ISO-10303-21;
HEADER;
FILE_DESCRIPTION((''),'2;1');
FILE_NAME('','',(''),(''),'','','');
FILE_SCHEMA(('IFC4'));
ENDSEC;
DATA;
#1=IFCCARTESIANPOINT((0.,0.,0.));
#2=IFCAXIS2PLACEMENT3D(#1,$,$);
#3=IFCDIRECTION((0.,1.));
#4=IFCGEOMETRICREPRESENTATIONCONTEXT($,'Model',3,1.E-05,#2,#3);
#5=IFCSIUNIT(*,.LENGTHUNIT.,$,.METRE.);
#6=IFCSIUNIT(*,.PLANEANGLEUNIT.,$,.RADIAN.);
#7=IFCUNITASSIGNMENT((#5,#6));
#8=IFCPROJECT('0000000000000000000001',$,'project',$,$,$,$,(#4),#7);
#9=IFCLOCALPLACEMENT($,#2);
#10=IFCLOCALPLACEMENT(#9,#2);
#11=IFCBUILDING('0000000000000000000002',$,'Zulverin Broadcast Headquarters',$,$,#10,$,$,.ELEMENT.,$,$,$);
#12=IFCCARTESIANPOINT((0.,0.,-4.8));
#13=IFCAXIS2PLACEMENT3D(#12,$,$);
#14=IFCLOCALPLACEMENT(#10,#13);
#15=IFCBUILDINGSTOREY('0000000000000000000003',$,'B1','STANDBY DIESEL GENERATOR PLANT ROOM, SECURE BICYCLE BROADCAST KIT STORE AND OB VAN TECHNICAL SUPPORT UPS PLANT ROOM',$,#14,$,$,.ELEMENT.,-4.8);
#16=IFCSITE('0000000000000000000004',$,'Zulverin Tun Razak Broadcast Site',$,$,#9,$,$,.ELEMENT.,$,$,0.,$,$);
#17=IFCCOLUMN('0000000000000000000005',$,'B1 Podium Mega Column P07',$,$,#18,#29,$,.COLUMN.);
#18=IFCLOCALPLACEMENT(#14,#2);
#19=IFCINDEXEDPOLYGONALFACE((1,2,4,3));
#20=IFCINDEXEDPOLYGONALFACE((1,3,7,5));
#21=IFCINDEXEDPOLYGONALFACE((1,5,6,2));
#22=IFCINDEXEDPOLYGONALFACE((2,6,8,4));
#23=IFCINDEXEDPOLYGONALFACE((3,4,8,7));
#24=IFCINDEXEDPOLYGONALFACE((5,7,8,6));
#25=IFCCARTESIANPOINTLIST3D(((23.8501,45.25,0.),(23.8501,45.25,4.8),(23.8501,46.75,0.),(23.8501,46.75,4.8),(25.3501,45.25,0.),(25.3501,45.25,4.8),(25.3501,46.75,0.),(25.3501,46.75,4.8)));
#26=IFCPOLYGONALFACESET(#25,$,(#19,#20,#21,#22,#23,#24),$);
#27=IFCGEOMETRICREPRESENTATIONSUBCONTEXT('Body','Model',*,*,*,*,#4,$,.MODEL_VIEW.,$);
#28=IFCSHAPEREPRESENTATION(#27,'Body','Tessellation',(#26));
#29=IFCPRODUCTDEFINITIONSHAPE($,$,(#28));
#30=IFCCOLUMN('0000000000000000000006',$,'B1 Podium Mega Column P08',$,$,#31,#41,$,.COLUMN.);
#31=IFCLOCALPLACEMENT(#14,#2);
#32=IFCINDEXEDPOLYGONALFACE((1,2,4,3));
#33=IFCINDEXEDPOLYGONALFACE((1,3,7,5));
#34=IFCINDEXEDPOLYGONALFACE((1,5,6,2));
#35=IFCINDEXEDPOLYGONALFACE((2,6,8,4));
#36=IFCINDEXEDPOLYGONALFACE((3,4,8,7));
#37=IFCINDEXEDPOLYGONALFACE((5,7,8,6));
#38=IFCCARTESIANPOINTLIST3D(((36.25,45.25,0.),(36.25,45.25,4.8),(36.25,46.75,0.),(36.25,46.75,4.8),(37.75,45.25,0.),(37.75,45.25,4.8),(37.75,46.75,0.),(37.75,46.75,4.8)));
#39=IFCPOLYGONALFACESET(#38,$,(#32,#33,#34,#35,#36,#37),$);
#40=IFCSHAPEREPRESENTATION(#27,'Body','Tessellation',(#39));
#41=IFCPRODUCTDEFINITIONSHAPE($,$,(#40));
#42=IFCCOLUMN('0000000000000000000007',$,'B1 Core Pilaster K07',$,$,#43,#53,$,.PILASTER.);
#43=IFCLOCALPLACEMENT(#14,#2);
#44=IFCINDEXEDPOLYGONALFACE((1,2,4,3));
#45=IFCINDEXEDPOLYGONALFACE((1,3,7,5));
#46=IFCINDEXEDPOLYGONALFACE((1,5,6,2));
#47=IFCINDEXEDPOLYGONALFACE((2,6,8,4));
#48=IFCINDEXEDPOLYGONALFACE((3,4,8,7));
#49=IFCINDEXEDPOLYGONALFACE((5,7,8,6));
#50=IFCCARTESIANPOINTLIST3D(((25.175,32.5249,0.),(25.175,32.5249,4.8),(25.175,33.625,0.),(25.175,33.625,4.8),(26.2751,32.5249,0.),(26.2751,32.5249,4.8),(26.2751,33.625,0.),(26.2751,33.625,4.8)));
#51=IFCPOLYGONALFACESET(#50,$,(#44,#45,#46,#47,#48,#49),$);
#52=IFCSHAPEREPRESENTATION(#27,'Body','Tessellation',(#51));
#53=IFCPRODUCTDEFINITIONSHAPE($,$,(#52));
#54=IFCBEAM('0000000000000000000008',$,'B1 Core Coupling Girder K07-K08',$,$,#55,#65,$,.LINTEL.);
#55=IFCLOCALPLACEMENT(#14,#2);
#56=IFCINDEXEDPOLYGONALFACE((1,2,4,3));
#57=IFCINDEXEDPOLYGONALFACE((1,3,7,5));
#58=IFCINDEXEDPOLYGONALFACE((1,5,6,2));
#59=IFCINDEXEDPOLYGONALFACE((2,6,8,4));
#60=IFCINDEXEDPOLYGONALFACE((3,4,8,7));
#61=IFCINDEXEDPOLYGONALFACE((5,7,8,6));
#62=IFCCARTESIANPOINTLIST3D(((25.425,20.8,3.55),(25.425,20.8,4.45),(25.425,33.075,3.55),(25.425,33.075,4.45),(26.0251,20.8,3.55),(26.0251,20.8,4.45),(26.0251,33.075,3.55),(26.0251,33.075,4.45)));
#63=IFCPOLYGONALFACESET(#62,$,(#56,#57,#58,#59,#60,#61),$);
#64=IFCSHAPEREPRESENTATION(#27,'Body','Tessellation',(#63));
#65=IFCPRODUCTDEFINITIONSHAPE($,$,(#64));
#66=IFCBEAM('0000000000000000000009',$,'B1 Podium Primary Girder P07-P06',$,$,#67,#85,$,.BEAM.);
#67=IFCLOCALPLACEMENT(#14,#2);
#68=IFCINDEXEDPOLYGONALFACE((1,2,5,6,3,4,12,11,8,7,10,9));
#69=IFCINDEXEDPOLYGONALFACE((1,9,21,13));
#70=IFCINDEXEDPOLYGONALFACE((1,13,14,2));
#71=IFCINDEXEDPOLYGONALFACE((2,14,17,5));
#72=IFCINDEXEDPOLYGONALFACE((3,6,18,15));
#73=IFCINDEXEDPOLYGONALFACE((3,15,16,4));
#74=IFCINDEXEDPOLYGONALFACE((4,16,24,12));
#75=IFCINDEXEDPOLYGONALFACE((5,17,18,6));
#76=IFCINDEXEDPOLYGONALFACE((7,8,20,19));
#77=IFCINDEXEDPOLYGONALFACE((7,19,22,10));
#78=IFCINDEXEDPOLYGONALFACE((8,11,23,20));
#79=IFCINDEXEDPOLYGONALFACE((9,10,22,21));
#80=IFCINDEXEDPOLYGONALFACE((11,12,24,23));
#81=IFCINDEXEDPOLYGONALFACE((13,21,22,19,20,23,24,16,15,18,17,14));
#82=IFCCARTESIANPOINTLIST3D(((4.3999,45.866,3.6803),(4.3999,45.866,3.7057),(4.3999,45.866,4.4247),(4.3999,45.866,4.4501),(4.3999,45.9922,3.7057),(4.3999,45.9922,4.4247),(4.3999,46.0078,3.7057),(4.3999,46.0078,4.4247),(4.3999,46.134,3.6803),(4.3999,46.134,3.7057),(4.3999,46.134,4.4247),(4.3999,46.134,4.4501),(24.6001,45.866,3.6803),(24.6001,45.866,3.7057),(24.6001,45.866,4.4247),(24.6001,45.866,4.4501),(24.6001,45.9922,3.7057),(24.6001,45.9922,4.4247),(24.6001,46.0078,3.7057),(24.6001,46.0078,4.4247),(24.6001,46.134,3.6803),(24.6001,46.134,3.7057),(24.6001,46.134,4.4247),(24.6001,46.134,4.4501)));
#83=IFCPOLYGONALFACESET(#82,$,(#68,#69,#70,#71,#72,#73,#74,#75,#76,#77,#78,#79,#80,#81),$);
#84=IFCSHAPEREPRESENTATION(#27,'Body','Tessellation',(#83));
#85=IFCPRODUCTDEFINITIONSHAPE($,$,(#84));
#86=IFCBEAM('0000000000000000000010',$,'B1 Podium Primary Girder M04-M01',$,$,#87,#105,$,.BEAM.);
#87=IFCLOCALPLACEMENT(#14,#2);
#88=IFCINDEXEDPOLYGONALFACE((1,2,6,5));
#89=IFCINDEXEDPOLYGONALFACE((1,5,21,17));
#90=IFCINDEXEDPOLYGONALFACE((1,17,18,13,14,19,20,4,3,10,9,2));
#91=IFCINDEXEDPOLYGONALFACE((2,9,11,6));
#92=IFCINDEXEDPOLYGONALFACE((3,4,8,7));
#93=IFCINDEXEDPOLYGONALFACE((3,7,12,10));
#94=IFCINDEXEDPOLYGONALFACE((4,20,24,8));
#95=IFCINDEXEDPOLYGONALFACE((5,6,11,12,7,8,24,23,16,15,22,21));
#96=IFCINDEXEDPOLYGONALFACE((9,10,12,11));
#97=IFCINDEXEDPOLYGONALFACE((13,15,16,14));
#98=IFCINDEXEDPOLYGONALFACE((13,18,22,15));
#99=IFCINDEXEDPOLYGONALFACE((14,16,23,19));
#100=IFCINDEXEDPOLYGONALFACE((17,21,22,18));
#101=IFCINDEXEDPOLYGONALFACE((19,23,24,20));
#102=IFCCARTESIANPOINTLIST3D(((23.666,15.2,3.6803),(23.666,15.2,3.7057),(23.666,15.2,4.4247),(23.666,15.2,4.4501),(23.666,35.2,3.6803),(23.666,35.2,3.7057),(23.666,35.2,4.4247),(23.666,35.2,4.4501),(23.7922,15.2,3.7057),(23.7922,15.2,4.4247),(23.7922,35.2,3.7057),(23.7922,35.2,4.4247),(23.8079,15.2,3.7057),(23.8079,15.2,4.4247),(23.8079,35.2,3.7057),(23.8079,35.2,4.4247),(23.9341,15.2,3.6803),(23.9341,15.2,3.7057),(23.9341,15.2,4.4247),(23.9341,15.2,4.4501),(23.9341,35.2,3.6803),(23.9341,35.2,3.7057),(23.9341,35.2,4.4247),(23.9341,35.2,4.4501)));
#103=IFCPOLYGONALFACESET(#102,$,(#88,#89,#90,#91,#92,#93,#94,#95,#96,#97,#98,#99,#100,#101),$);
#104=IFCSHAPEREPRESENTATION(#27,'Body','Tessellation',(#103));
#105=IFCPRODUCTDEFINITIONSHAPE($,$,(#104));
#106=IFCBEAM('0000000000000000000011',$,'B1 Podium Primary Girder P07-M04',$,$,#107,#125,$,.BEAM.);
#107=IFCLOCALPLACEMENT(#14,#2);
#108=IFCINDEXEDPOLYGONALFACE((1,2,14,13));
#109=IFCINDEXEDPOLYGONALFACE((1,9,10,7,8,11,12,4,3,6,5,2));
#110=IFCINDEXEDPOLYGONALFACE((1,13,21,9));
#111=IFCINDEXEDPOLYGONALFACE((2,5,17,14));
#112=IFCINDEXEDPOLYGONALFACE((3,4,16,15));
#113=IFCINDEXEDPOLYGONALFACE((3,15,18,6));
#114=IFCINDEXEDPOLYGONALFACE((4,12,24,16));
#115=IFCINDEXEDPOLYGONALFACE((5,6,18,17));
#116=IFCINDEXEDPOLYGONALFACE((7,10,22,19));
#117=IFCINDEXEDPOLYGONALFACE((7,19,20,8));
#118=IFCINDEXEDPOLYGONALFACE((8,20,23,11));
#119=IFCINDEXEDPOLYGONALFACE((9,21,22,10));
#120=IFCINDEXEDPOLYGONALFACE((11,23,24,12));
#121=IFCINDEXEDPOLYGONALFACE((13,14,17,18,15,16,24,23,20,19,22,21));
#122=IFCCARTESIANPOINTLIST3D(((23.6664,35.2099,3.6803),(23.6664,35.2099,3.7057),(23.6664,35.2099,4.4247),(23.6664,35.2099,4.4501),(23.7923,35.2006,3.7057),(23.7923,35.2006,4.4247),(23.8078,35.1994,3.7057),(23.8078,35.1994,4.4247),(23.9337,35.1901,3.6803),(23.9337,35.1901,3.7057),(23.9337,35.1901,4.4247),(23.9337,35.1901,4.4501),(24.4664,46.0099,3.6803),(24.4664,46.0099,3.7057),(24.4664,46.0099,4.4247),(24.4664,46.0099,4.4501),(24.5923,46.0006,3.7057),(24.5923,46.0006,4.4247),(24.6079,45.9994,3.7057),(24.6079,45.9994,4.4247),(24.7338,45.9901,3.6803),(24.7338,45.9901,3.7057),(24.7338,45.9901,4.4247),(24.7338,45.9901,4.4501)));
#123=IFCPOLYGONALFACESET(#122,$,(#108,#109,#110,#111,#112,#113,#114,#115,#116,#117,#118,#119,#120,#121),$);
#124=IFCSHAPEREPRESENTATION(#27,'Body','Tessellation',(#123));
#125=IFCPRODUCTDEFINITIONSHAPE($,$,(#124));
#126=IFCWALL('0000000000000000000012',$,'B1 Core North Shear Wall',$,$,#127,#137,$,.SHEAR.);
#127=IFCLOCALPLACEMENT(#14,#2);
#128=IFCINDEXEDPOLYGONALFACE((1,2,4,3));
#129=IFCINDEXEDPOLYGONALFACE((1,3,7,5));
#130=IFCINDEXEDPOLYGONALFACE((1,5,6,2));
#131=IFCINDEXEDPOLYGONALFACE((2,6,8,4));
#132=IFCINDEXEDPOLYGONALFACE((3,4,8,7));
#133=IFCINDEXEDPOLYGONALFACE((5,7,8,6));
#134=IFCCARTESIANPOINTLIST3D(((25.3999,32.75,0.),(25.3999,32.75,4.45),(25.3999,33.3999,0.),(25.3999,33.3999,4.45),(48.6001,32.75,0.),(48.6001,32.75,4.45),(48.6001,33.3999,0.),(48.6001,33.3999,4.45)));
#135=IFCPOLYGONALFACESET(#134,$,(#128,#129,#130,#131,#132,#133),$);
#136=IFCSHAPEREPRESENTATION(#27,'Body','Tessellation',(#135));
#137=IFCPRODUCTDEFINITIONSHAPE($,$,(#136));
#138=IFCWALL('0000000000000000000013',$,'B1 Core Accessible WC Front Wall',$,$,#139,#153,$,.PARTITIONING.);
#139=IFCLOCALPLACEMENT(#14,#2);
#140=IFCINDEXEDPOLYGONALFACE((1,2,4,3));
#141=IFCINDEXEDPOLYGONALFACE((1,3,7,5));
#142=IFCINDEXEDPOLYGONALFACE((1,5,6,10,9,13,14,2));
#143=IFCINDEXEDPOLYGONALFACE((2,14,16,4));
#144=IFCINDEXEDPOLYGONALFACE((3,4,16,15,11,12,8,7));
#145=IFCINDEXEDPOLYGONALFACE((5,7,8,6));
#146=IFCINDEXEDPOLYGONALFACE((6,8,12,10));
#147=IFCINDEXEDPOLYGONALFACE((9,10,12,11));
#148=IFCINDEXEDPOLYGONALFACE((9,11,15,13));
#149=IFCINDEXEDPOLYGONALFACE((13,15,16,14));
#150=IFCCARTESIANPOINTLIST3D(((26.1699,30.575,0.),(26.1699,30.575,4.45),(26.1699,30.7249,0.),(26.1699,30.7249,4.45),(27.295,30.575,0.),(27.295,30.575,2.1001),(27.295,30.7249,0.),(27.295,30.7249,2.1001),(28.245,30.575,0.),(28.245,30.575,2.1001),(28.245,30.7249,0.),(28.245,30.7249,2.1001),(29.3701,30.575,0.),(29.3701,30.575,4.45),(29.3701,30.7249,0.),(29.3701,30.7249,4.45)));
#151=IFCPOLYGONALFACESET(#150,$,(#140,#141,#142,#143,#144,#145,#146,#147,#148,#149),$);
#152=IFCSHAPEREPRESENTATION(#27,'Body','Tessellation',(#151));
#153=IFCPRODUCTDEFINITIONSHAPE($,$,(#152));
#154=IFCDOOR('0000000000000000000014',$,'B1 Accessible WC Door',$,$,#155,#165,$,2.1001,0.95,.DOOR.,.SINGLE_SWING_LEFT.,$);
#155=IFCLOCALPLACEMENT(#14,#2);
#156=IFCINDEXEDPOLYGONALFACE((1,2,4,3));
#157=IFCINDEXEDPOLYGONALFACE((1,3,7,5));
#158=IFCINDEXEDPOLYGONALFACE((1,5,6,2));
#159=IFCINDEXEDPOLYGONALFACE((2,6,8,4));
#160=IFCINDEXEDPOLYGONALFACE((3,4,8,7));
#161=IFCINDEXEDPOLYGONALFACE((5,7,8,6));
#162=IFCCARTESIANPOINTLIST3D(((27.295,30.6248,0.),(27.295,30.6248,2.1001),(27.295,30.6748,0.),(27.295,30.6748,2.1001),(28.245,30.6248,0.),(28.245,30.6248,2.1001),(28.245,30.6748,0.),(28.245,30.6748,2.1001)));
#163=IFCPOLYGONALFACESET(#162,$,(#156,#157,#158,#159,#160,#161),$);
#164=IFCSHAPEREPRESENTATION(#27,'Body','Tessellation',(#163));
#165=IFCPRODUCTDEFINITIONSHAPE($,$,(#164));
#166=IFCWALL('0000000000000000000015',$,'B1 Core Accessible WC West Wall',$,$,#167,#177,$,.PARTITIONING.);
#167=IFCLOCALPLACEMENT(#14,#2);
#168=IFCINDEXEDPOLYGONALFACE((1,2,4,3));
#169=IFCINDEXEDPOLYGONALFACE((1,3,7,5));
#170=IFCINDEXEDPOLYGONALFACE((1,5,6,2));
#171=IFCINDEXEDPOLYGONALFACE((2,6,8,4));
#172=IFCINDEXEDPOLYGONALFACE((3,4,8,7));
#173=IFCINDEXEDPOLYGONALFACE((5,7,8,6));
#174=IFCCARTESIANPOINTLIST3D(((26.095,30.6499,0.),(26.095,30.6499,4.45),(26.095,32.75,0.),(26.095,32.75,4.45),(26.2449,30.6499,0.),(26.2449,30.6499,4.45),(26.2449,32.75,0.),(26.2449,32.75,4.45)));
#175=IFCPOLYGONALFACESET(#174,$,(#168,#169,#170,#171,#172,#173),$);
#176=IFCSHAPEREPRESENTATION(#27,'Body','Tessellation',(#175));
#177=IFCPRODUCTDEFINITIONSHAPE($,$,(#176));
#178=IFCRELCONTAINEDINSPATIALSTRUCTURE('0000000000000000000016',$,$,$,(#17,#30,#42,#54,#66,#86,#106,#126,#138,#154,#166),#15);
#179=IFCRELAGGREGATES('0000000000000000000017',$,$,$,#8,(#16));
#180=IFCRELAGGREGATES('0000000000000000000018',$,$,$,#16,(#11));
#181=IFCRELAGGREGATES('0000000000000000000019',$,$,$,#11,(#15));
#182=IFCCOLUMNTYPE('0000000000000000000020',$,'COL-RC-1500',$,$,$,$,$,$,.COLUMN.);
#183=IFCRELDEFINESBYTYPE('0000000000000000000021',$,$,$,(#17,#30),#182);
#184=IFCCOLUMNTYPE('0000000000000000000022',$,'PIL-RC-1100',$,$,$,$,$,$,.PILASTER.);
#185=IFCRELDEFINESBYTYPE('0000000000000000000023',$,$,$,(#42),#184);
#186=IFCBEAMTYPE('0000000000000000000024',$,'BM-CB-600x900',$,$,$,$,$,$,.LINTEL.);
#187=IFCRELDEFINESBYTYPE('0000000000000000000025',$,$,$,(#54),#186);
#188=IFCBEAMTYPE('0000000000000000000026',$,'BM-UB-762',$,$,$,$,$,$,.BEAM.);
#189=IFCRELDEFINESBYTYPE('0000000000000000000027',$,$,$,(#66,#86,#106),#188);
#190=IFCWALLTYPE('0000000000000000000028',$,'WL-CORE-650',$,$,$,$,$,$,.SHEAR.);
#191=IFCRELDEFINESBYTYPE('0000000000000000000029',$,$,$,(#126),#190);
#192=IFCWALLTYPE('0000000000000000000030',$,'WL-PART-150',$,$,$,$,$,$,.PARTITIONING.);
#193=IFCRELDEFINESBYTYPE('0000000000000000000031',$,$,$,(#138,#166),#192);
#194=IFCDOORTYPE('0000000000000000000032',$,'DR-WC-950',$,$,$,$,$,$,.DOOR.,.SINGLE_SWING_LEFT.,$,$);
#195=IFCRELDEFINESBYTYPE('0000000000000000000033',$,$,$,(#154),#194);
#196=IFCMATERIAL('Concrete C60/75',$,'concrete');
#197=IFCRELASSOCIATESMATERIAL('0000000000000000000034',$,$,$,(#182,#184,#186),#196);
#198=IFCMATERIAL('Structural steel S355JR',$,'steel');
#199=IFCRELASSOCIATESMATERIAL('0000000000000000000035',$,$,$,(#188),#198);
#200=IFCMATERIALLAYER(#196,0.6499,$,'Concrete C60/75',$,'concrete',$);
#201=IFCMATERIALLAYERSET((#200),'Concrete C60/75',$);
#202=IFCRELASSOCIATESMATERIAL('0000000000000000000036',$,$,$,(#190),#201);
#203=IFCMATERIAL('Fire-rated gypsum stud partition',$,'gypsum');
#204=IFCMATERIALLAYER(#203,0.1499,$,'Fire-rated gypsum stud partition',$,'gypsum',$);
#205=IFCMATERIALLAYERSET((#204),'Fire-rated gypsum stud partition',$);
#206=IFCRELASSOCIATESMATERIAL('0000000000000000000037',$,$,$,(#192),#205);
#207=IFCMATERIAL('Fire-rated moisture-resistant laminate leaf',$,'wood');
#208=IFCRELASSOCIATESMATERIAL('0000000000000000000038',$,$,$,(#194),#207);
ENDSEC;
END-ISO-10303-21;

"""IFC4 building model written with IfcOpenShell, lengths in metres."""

from ifc_helpers import new_model, si_unit, direction, frame, frame_2d, origin, origin_2d, place, context, subcontext, project, spatial, rectangle, i_section, extrude, material, layer, layer_set, material_profile, profile_set, type_object, element, fill, save


model = new_model("IFC4")

# Units and contexts
model_context = context("Model", 3, precision=1e-05, world=origin(), true_north=direction((0.0, 1.0)))
body_context = subcontext(model_context, "Body", "Model", "MODEL_VIEW")
ifc_project = project(units=[si_unit("LENGTHUNIT", "METRE"), si_unit("PLANEANGLEUNIT", "RADIAN")], contexts=[model_context])

# Site, building, storey
site_placement = place(None, origin())
site = spatial("IfcSite", under=ifc_project, at=site_placement, Name="Zulverin Tun Razak Broadcast Site", CompositionType="ELEMENT", RefElevation=0.0)
building_placement = place(site_placement, origin())
building = spatial("IfcBuilding", under=site, at=building_placement, Name="Zulverin Broadcast Headquarters", CompositionType="ELEMENT")
storey_placement = place(building_placement, frame((0.0, 0.0, -4.8)))
storey = spatial("IfcBuildingStorey", under=building, at=storey_placement, Name="B1", Description="STANDBY DIESEL GENERATOR PLANT ROOM, SECURE BICYCLE BROADCAST KIT STORE AND OB VAN TECHNICAL SUPPORT UPS PLANT ROOM", CompositionType="ELEMENT", Elevation=-4.8)

# Columns
ifc_material_1 = material(Name="Concrete C60/75", Category="concrete")
ifc_material_profile_1 = material_profile(ifc_material_1, rectangle(XDim=1.5, YDim=1.5, at=origin_2d()), Name="Concrete C60/75", Category="concrete")
ifc_profile_set_1 = profile_set([ifc_material_profile_1], Name="Concrete C60/75")
column_type_1 = type_object("IfcColumnType", Name="COL-RC-1500", PredefinedType="COLUMN", material=ifc_profile_set_1)
for number, where, z_axis, x_axis, name in (
    (1, (24.6001, 46.0, 0.0), (0.0, 0.0, 1.0), (1.0, 0.0, 0.0), "B1 Podium Mega Column P07"),
    (2, (37.0, 46.0, 0.0), (0.0, 0.0, 1.0), (1.0, 0.0, 0.0), "B1 Podium Mega Column P08"),
):
    element("IfcColumn", number, at=place(storey_placement, frame(where, z_axis=z_axis, x_axis=x_axis)), inside=storey, type_object=column_type_1, Name=name, PredefinedType="COLUMN", context=body_context, shape_type="SweptSolid", body=[
        extrude(rectangle(XDim=1.5, YDim=1.5, at=origin_2d()), origin(), (0.0, 0.0, 1.0), 4.8),
    ])
ifc_material_profile_2 = material_profile(ifc_material_1, rectangle(XDim=1.1001, YDim=1.1001, at=origin_2d()), Name="Concrete C60/75", Category="concrete")
ifc_profile_set_2 = profile_set([ifc_material_profile_2], Name="Concrete C60/75")
column_type_2 = type_object("IfcColumnType", Name="PIL-RC-1100", PredefinedType="PILASTER", material=ifc_profile_set_2)
column_placement = place(storey_placement, frame((25.7251, 33.075, 0.0), z_axis=(0.0, 0.0, 1.0), x_axis=(1.0, 0.0, 0.0)))
element("IfcColumn", 3, at=column_placement, inside=storey, type_object=column_type_2, Name="B1 Core Pilaster K07", PredefinedType="PILASTER", context=body_context, shape_type="SweptSolid", body=[
    extrude(rectangle(XDim=1.1001, YDim=1.1001, at=origin_2d()), origin(), (0.0, 0.0, 1.0), 4.8),
])

# Beams
ifc_material_profile_3 = material_profile(ifc_material_1, rectangle(XDim=0.6001, YDim=0.8999, at=origin_2d()), Name="Concrete C60/75", Category="concrete")
ifc_profile_set_3 = profile_set([ifc_material_profile_3], Name="Concrete C60/75")
beam_type_1 = type_object("IfcBeamType", Name="BM-CB-600x900", PredefinedType="LINTEL", material=ifc_profile_set_3)
beam_1_placement = place(storey_placement, frame((25.7251, 33.075, 4.0), z_axis=(0.0, -1.0, 0.0), x_axis=(1.0, 0.0, 0.0)))
element("IfcBeam", 4, at=beam_1_placement, inside=storey, type_object=beam_type_1, Name="B1 Core Coupling Girder K07-K08", PredefinedType="LINTEL", context=body_context, shape_type="SweptSolid", body=[
    extrude(rectangle(XDim=0.6001, YDim=0.8999, at=origin_2d()), origin(), (0.0, 0.0, 1.0), 12.2749),
])
ifc_material_2 = material(Name="Structural steel S355JR", Category="steel")
ifc_material_profile_4 = material_profile(ifc_material_2, i_section(OverallWidth=0.2681, OverallDepth=0.7698, WebThickness=0.0156, FlangeThickness=0.0254, at=origin_2d()), Name="Structural steel S355JR", Category="steel")
ifc_profile_set_4 = profile_set([ifc_material_profile_4], Name="Structural steel S355JR")
beam_type_2 = type_object("IfcBeamType", Name="BM-UB-762", PredefinedType="BEAM", material=ifc_profile_set_4)
beam_2_placement = place(storey_placement, frame((24.6001, 46.0, 4.0652), z_axis=(-1.0, 0.0, 0.0), x_axis=(0.0, -1.0, 0.0)))
element("IfcBeam", 5, at=beam_2_placement, inside=storey, type_object=beam_type_2, Name="B1 Podium Primary Girder P07-P06", PredefinedType="BEAM", context=body_context, shape_type="SweptSolid", body=[
    extrude(i_section(OverallWidth=0.2681, OverallDepth=0.7698, WebThickness=0.0156, FlangeThickness=0.0254, at=origin_2d()), origin(), (0.0, 0.0, 1.0), 20.2002),
])
beam_3_placement = place(storey_placement, frame((23.8, 35.2, 4.0652), z_axis=(0.0, -1.0, 0.0), x_axis=(1.0, 0.0, 0.0)))
element("IfcBeam", 6, at=beam_3_placement, inside=storey, type_object=beam_type_2, Name="B1 Podium Primary Girder M04-M01", PredefinedType="BEAM", context=body_context, shape_type="SweptSolid", body=[
    extrude(i_section(OverallWidth=0.2681, OverallDepth=0.7698, WebThickness=0.0156, FlangeThickness=0.0254, at=origin_2d()), origin(), (0.0, 0.0, 1.0), 20.0),
])
beam_4_placement = place(storey_placement, frame((24.6001, 46.0, 4.0652), z_axis=(-0.073876, -0.997267, 0.0), x_axis=(0.997267, -0.073876, 0.0)))
element("IfcBeam", 7, at=beam_4_placement, inside=storey, type_object=beam_type_2, Name="B1 Podium Primary Girder P07-M04", PredefinedType="BEAM", context=body_context, shape_type="SweptSolid", body=[
    extrude(i_section(OverallWidth=0.2681, OverallDepth=0.7698, WebThickness=0.0156, FlangeThickness=0.0254, at=origin_2d()), origin(), (0.0, 0.0, 1.0), 10.8296),
])

# Wall
ifc_layer_1 = layer(ifc_material_1, 0.6499, Name="Concrete C60/75", Category="concrete")
ifc_layer_set_1 = layer_set([ifc_layer_1], Name="Concrete C60/75")
wall_type_1 = type_object("IfcWallType", Name="WL-CORE-650", PredefinedType="SHEAR", material=ifc_layer_set_1)
wall_1_placement = place(storey_placement, frame((25.3999, 33.075, 0.0), z_axis=(0.0, 0.0, 1.0), x_axis=(1.0, 0.0, 0.0)))
element("IfcWall", 8, at=wall_1_placement, inside=storey, type_object=wall_type_1, Name="B1 Core North Shear Wall", PredefinedType="SHEAR", context=body_context, shape_type="SweptSolid", body=[
    extrude(rectangle(XDim=23.2002, YDim=0.6499, at=frame_2d((11.6001, 0.0))), origin(), (0.0, 0.0, 1.0), 4.45),
])

# Wall, opening, door
ifc_material_3 = material(Name="Fire-rated gypsum stud partition", Category="gypsum")
ifc_layer_2 = layer(ifc_material_3, 0.1499, Name="Fire-rated gypsum stud partition", Category="gypsum")
ifc_layer_set_2 = layer_set([ifc_layer_2], Name="Fire-rated gypsum stud partition")
wall_type_2 = type_object("IfcWallType", Name="WL-PART-150", PredefinedType="PARTITIONING", material=ifc_layer_set_2)
wall_2_placement = place(storey_placement, frame((26.1699, 30.6499, 0.0), z_axis=(0.0, 0.0, 1.0), x_axis=(1.0, 0.0, 0.0)))
wall_2 = element("IfcWall", 9, at=wall_2_placement, inside=storey, type_object=wall_type_2, Name="B1 Core Accessible WC Front Wall", PredefinedType="PARTITIONING", context=body_context, shape_type="SweptSolid", body=[
    extrude(rectangle(XDim=3.2002, YDim=0.1499, at=frame_2d((1.6001, 0.0))), origin(), (0.0, 0.0, 1.0), 4.45),
])
opening_1_placement = place(wall_2_placement, frame((1.125, 0.0, 0.0)))
opening_1 = element("IfcOpeningElement", 10, at=opening_1_placement, cuts=wall_2, PredefinedType="OPENING", context=body_context, shape_type="SweptSolid", body=[
    extrude(rectangle(XDim=0.95, YDim=2.1001, at=frame_2d((0.4751, 1.05))), frame((0.0, 0.085, 0.0), z_axis=(0.0, -1.0, 0.0), x_axis=(1.0, 0.0, 0.0)), (0.0, 0.0, 1.0), 0.1699),
])
ifc_material_4 = material(Name="Fire-rated moisture-resistant laminate leaf", Category="wood")
door_type_1 = type_object("IfcDoorType", Name="DR-WC-950", OperationType="SINGLE_SWING_LEFT", PredefinedType="DOOR", material=ifc_material_4)
door_1_placement = place(opening_1_placement, origin())
door_1 = element("IfcDoor", 11, at=door_1_placement, inside=storey, type_object=door_type_1, Name="B1 Accessible WC Door", OperationType="SINGLE_SWING_LEFT", OverallHeight=2.1001, OverallWidth=0.95, PredefinedType="DOOR", context=body_context, shape_type="SweptSolid", body=[
    extrude(rectangle(XDim=0.95, YDim=2.1001, at=frame_2d((0.4751, 1.05))), frame((0.0, 0.0249, 0.0), z_axis=(0.0, -1.0, 0.0), x_axis=(1.0, 0.0, 0.0)), (0.0, 0.0, 1.0), 0.05),
])
fill(opening_1, door_1)

# Wall
wall_3_placement = place(storey_placement, frame((26.1699, 30.6499, 0.0), z_axis=(0.0, 0.0, 1.0), x_axis=(0.0, 1.0, 0.0)))
element("IfcWall", 12, at=wall_3_placement, inside=storey, type_object=wall_type_2, Name="B1 Core Accessible WC West Wall", PredefinedType="PARTITIONING", context=body_context, shape_type="SweptSolid", body=[
    extrude(rectangle(XDim=2.1001, YDim=0.1499, at=frame_2d((1.05, 0.0))), origin(), (0.0, 0.0, 1.0), 4.45),
])

save(model, "model.ifc")
